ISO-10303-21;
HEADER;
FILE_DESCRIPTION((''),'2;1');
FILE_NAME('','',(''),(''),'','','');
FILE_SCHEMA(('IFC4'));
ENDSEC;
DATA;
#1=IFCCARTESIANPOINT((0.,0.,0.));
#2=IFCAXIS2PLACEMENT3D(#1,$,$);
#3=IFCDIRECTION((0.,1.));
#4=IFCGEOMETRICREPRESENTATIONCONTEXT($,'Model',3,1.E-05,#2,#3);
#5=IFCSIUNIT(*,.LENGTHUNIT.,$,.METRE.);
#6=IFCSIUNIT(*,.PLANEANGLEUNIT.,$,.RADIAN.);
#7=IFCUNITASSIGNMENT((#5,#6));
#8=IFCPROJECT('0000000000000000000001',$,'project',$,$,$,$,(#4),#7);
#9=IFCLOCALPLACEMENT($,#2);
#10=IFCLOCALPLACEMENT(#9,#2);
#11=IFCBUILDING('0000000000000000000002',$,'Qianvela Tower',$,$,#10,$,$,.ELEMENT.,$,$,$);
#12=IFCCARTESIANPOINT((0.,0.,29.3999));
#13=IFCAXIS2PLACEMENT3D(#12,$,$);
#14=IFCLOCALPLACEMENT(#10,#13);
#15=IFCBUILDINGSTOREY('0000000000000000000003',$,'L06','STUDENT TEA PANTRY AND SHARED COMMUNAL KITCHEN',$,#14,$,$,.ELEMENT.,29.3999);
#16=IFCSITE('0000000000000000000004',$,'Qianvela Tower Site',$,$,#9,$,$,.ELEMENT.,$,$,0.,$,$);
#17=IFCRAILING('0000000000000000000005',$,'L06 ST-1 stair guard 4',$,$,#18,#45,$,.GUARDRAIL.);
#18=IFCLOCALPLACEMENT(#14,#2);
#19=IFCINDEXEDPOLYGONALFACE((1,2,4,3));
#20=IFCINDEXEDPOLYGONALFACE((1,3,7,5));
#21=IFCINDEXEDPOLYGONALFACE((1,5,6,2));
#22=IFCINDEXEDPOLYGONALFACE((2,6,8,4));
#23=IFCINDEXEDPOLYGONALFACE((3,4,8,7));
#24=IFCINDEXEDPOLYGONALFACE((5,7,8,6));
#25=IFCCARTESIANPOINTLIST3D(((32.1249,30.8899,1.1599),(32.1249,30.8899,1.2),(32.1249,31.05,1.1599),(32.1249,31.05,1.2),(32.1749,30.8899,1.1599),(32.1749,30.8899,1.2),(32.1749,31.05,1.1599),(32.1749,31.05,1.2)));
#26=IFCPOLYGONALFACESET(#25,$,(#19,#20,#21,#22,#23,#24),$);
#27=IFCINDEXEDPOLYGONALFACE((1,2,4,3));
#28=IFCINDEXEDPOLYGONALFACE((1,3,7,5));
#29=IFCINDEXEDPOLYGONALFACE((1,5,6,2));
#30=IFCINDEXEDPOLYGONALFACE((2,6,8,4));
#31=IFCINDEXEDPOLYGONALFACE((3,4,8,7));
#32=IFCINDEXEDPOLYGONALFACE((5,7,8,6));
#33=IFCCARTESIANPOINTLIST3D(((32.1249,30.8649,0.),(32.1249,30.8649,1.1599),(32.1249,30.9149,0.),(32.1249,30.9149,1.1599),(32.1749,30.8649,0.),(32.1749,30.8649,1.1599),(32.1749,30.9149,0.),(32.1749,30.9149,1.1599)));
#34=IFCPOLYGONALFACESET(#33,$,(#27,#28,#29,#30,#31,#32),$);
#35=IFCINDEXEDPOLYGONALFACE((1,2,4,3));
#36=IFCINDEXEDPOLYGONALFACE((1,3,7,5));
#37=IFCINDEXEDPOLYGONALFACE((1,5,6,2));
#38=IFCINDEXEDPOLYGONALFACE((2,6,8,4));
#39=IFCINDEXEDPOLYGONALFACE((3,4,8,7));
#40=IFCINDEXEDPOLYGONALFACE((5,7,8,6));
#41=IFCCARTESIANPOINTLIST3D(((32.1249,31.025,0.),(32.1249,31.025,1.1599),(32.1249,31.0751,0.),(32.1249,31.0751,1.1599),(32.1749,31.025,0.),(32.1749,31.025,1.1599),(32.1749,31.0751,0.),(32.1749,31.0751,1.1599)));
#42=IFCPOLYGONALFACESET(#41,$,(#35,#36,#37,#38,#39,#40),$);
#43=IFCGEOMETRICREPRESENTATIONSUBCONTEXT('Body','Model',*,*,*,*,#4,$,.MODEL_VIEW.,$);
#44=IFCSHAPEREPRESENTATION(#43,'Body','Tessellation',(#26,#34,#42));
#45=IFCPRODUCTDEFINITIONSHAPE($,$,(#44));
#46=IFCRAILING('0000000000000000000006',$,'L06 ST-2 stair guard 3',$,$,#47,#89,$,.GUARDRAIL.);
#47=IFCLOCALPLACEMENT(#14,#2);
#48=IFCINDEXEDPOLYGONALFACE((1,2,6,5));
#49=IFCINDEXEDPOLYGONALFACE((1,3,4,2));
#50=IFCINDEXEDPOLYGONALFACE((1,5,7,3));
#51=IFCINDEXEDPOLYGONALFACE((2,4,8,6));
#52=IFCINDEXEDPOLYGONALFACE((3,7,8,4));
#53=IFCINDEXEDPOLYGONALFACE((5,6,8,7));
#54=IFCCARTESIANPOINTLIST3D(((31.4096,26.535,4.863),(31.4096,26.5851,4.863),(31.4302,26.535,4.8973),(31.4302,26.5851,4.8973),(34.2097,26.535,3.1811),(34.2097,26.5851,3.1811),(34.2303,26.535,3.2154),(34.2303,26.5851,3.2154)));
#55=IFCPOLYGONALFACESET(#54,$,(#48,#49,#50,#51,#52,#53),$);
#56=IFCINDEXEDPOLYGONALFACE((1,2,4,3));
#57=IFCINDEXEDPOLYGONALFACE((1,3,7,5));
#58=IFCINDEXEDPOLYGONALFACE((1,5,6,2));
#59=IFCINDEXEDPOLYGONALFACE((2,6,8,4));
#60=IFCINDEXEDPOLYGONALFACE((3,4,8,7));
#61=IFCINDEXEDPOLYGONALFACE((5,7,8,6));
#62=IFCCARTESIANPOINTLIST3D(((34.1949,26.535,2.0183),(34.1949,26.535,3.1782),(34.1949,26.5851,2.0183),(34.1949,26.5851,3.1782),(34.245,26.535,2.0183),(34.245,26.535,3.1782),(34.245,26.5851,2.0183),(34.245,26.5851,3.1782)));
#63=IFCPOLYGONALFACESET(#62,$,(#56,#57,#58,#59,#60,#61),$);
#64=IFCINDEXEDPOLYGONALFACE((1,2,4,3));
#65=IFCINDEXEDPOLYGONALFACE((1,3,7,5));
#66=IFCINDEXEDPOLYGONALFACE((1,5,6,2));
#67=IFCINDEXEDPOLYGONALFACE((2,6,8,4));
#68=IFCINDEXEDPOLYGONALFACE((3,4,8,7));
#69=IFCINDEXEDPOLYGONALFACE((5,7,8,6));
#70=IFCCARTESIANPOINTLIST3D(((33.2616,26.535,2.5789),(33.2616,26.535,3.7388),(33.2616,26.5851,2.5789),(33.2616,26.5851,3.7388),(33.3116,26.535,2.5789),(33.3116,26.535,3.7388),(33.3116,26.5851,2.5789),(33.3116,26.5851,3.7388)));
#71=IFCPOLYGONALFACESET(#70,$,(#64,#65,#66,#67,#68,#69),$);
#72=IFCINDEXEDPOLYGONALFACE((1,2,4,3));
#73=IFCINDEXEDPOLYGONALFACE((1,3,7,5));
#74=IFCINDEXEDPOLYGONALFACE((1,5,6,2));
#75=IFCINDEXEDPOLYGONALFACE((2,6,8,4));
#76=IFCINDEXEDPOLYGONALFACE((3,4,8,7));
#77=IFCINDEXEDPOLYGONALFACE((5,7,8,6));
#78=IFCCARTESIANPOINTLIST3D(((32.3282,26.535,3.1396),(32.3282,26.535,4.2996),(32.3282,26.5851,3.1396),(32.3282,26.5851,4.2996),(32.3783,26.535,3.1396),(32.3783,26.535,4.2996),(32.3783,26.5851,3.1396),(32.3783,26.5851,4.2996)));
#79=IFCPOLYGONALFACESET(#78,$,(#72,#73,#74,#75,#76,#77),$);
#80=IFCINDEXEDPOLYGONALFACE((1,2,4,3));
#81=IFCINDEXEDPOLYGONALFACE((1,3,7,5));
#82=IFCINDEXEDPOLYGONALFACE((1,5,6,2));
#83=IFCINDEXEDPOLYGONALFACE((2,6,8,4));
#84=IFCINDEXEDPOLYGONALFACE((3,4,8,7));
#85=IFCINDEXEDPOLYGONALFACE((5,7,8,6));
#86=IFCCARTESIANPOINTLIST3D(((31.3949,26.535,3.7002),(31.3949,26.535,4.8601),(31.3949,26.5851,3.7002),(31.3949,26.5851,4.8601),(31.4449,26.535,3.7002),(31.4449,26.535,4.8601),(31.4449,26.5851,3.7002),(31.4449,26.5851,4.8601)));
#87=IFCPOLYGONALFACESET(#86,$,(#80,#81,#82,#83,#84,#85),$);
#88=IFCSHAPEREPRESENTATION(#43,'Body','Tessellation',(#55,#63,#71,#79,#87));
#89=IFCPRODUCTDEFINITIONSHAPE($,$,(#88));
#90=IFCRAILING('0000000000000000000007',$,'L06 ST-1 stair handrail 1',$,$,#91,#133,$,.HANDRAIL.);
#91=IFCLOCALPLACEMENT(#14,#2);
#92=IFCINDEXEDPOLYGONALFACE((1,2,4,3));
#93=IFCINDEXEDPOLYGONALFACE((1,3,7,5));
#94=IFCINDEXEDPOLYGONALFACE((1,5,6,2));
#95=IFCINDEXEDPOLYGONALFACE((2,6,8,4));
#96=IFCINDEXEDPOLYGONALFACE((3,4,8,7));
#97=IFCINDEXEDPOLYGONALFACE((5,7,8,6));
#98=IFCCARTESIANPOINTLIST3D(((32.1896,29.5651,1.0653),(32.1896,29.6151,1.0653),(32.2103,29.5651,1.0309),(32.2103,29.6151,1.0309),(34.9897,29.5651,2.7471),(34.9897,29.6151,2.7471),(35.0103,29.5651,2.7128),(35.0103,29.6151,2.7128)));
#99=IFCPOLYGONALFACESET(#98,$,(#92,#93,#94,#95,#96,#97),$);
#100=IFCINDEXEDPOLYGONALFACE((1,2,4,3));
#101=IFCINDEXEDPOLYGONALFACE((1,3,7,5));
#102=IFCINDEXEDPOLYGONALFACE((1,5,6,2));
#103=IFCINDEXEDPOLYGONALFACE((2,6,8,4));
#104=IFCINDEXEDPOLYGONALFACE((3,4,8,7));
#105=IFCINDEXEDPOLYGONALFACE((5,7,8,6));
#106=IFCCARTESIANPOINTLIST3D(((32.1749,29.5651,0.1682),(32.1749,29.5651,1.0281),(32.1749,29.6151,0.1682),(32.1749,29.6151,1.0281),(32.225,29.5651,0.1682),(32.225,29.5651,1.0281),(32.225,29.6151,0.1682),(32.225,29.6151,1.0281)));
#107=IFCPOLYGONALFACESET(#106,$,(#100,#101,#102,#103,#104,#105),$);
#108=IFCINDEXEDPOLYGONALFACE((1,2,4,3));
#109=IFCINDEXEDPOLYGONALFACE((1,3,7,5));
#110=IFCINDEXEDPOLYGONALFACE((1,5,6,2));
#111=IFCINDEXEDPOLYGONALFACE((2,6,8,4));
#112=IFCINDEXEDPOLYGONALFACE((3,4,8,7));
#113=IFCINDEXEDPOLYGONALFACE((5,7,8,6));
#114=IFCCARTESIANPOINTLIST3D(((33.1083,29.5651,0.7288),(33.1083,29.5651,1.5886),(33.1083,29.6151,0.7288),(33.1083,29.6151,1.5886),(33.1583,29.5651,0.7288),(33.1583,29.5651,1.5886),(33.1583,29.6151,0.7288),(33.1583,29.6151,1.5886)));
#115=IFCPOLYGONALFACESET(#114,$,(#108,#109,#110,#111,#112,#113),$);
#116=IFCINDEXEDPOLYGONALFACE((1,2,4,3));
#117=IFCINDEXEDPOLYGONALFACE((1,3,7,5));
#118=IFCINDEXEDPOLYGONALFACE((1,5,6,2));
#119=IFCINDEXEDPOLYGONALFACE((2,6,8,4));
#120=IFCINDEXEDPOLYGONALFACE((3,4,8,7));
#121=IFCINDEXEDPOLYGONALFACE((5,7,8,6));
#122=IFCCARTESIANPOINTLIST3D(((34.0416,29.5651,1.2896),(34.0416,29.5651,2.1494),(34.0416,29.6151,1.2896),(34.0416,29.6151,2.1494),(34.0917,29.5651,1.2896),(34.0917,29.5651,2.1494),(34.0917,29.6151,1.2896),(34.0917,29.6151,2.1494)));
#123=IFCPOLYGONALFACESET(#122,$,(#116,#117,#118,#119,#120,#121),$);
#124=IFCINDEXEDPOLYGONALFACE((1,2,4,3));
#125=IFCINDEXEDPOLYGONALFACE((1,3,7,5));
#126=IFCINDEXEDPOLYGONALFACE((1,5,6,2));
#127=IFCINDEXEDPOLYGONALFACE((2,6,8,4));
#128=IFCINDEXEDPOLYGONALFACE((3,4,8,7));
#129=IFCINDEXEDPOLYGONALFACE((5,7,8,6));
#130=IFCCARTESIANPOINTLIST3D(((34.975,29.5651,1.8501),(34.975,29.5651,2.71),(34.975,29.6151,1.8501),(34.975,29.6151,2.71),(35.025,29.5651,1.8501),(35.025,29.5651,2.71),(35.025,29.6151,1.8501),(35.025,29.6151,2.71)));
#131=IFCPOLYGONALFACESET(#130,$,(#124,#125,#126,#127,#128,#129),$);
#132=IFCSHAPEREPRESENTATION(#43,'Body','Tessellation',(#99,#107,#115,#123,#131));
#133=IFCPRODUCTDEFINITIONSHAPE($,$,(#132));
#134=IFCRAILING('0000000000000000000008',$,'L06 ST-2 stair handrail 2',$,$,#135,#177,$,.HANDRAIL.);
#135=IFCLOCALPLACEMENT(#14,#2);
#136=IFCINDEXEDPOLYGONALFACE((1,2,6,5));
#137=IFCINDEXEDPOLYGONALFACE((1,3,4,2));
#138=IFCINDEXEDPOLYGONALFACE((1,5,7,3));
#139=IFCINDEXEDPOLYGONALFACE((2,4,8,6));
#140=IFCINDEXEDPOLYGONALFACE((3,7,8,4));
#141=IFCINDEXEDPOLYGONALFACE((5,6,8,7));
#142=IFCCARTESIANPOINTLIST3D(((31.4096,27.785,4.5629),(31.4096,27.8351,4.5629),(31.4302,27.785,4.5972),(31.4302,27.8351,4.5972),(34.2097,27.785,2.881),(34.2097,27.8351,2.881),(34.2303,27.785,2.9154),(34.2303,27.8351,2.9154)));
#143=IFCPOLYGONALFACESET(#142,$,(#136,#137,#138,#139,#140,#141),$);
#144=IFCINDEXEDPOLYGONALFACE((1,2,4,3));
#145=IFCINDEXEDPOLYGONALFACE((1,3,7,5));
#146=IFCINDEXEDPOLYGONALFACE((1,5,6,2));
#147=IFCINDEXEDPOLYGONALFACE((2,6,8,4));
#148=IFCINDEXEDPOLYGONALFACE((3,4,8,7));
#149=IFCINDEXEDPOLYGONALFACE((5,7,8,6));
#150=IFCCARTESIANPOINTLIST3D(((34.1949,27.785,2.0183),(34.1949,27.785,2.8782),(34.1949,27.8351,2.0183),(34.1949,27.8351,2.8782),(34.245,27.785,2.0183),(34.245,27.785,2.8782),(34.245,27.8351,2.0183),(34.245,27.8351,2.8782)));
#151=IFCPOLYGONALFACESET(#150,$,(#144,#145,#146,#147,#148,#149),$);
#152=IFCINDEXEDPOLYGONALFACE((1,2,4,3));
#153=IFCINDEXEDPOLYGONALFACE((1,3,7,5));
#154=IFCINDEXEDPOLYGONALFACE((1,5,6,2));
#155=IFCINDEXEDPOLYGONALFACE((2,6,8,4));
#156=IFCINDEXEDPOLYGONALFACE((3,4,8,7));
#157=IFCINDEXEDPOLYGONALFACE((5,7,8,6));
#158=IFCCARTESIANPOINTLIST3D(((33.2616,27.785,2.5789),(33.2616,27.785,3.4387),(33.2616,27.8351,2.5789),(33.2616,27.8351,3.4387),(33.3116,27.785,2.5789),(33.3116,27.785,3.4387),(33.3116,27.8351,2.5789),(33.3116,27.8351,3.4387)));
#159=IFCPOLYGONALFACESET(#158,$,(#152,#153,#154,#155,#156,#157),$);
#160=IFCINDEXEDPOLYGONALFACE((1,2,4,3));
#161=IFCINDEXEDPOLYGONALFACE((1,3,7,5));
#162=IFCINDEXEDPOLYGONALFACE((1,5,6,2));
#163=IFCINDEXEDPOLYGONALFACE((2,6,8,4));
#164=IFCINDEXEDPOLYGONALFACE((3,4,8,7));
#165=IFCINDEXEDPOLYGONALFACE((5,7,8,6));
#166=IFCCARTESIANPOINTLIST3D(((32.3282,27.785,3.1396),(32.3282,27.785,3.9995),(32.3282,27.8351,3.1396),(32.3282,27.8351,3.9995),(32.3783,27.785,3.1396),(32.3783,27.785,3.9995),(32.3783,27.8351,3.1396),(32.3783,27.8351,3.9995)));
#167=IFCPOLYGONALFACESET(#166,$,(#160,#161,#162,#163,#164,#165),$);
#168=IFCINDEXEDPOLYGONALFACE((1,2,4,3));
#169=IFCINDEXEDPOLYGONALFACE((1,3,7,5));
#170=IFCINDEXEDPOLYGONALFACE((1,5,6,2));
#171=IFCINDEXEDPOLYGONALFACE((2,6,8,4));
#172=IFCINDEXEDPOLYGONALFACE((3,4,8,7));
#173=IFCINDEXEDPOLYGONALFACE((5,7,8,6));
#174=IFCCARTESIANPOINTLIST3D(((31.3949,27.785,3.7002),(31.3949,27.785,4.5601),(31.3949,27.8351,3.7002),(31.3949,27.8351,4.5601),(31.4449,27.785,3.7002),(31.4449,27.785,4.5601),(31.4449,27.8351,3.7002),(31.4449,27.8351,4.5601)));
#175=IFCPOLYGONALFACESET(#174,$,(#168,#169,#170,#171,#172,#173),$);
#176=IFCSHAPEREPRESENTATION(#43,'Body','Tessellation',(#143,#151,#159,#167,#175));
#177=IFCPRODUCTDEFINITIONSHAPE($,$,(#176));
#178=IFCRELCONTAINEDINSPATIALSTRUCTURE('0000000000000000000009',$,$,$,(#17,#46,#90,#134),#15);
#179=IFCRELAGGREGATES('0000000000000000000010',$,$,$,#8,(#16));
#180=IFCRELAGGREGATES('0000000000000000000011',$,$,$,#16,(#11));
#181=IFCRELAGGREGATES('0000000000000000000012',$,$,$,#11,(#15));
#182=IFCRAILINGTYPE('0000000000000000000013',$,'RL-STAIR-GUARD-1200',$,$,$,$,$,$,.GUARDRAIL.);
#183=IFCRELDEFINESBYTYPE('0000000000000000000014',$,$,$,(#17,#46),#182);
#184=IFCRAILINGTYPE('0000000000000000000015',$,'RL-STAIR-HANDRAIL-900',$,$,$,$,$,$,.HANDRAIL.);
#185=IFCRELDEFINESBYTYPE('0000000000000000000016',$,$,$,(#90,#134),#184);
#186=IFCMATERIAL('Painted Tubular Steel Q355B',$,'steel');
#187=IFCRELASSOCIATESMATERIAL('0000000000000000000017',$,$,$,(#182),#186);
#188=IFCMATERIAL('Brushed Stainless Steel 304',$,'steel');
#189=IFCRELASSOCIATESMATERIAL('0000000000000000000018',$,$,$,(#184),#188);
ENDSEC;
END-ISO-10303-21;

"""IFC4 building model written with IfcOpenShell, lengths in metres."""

from ifc_helpers import new_model, si_unit, direction, frame, origin, origin_2d, place, context, subcontext, project, spatial, rectangle, extrude, material, type_object, element, save


model = new_model("IFC4")

# Units and contexts
model_context = context("Model", 3, precision=1e-05, world=origin(), true_north=direction((0.0, 1.0)))
body_context = subcontext(model_context, "Body", "Model", "MODEL_VIEW")
ifc_project = project(units=[si_unit("LENGTHUNIT", "METRE"), si_unit("PLANEANGLEUNIT", "RADIAN")], contexts=[model_context])

# Site, building, storey
site_placement = place(None, origin())
site = spatial("IfcSite", under=ifc_project, at=site_placement, Name="Qianvela Tower Site", CompositionType="ELEMENT", RefElevation=0.0)
building_placement = place(site_placement, origin())
building = spatial("IfcBuilding", under=site, at=building_placement, Name="Qianvela Tower", CompositionType="ELEMENT")
storey_placement = place(building_placement, frame((0.0, 0.0, 29.3999)))
storey = spatial("IfcBuildingStorey", under=building, at=storey_placement, Name="L06", Description="STUDENT TEA PANTRY AND SHARED COMMUNAL KITCHEN", CompositionType="ELEMENT", Elevation=29.3999)

# Railings
ifc_material_1 = material(Name="Painted Tubular Steel Q355B", Category="steel")
railing_type_1 = type_object("IfcRailingType", Name="RL-STAIR-GUARD-1200", PredefinedType="GUARDRAIL", material=ifc_material_1)
railing_1_placement = place(storey_placement, frame((32.1499, 30.8899, 0.0)))
element("IfcRailing", 1, at=railing_1_placement, inside=storey, type_object=railing_type_1, Name="L06 ST-1 stair guard 4", PredefinedType="GUARDRAIL", context=body_context, shape_type="SweptSolid", body=[
    extrude(rectangle(XDim=0.05, YDim=0.04, at=origin_2d()), frame((0.0, 0.0, 1.1799), z_axis=(0.0, 1.0, 0.0), x_axis=(-1.0, 0.0, 0.0)), (0.0, 0.0, 1.0), 0.1602),
    extrude(rectangle(XDim=0.05, YDim=0.05, at=origin_2d()), origin(), (0.0, 0.0, 1.0), 1.1599),
    extrude(rectangle(XDim=0.05, YDim=0.05, at=origin_2d()), frame((0.0, 0.1602, 0.0)), (0.0, 0.0, 1.0), 1.1599),
])
railing_2_placement = place(storey_placement, frame((34.22, 26.5601, 2.0183)))
element("IfcRailing", 2, at=railing_2_placement, inside=storey, type_object=railing_type_1, Name="L06 ST-2 stair guard 3", PredefinedType="GUARDRAIL", context=body_context, shape_type="SweptSolid", body=[
    extrude(rectangle(XDim=0.05, YDim=0.04, at=origin_2d()), frame((0.0, 0.0, 1.1799), z_axis=(-0.857242, 0.0, 0.514913), x_axis=(0.0, -1.0, 0.0)), (0.0, 0.0, 1.0), 3.2664),
    extrude(rectangle(XDim=0.05, YDim=0.05, at=origin_2d()), origin(), (0.0, 0.0, 1.0), 1.1599),
    extrude(rectangle(XDim=0.05, YDim=0.05, at=origin_2d()), frame((-0.9333, 0.0, 0.5605)), (0.0, 0.0, 1.0), 1.1599),
    extrude(rectangle(XDim=0.05, YDim=0.05, at=origin_2d()), frame((-1.8667, 0.0, 1.1213)), (0.0, 0.0, 1.0), 1.1599),
    extrude(rectangle(XDim=0.05, YDim=0.05, at=origin_2d()), frame((-2.8, 0.0, 1.6819)), (0.0, 0.0, 1.0), 1.1599),
])
ifc_material_2 = material(Name="Brushed Stainless Steel 304", Category="steel")
railing_type_2 = type_object("IfcRailingType", Name="RL-STAIR-HANDRAIL-900", PredefinedType="HANDRAIL", material=ifc_material_2)
railing_3_placement = place(storey_placement, frame((32.2, 29.5901, 0.1682)))
element("IfcRailing", 3, at=railing_3_placement, inside=storey, type_object=railing_type_2, Name="L06 ST-1 stair handrail 1", PredefinedType="HANDRAIL", context=body_context, shape_type="SweptSolid", body=[
    extrude(rectangle(XDim=0.05, YDim=0.04, at=origin_2d()), frame((0.0, 0.0, 0.8799), z_axis=(0.857242, 0.0, 0.514913), x_axis=(0.0, 1.0, 0.0)), (0.0, 0.0, 1.0), 3.2664),
    extrude(rectangle(XDim=0.05, YDim=0.05, at=origin_2d()), origin(), (0.0, 0.0, 1.0), 0.8599),
    extrude(rectangle(XDim=0.05, YDim=0.05, at=origin_2d()), frame((0.9333, 0.0, 0.5605)), (0.0, 0.0, 1.0), 0.8599),
    extrude(rectangle(XDim=0.05, YDim=0.05, at=origin_2d()), frame((1.8667, 0.0, 1.1213)), (0.0, 0.0, 1.0), 0.8599),
    extrude(rectangle(XDim=0.05, YDim=0.05, at=origin_2d()), frame((2.8, 0.0, 1.6819)), (0.0, 0.0, 1.0), 0.8599),
])
railing_4_placement = place(storey_placement, frame((34.22, 27.8101, 2.0183)))
element("IfcRailing", 4, at=railing_4_placement, inside=storey, type_object=railing_type_2, Name="L06 ST-2 stair handrail 2", PredefinedType="HANDRAIL", context=body_context, shape_type="SweptSolid", body=[
    extrude(rectangle(XDim=0.05, YDim=0.04, at=origin_2d()), frame((0.0, 0.0, 0.8799), z_axis=(-0.857242, 0.0, 0.514913), x_axis=(0.0, -1.0, 0.0)), (0.0, 0.0, 1.0), 3.2664),
    extrude(rectangle(XDim=0.05, YDim=0.05, at=origin_2d()), origin(), (0.0, 0.0, 1.0), 0.8599),
    extrude(rectangle(XDim=0.05, YDim=0.05, at=origin_2d()), frame((-0.9333, 0.0, 0.5605)), (0.0, 0.0, 1.0), 0.8599),
    extrude(rectangle(XDim=0.05, YDim=0.05, at=origin_2d()), frame((-1.8667, 0.0, 1.1213)), (0.0, 0.0, 1.0), 0.8599),
    extrude(rectangle(XDim=0.05, YDim=0.05, at=origin_2d()), frame((-2.8, 0.0, 1.6819)), (0.0, 0.0, 1.0), 0.8599),
])

save(model, "model.ifc")
